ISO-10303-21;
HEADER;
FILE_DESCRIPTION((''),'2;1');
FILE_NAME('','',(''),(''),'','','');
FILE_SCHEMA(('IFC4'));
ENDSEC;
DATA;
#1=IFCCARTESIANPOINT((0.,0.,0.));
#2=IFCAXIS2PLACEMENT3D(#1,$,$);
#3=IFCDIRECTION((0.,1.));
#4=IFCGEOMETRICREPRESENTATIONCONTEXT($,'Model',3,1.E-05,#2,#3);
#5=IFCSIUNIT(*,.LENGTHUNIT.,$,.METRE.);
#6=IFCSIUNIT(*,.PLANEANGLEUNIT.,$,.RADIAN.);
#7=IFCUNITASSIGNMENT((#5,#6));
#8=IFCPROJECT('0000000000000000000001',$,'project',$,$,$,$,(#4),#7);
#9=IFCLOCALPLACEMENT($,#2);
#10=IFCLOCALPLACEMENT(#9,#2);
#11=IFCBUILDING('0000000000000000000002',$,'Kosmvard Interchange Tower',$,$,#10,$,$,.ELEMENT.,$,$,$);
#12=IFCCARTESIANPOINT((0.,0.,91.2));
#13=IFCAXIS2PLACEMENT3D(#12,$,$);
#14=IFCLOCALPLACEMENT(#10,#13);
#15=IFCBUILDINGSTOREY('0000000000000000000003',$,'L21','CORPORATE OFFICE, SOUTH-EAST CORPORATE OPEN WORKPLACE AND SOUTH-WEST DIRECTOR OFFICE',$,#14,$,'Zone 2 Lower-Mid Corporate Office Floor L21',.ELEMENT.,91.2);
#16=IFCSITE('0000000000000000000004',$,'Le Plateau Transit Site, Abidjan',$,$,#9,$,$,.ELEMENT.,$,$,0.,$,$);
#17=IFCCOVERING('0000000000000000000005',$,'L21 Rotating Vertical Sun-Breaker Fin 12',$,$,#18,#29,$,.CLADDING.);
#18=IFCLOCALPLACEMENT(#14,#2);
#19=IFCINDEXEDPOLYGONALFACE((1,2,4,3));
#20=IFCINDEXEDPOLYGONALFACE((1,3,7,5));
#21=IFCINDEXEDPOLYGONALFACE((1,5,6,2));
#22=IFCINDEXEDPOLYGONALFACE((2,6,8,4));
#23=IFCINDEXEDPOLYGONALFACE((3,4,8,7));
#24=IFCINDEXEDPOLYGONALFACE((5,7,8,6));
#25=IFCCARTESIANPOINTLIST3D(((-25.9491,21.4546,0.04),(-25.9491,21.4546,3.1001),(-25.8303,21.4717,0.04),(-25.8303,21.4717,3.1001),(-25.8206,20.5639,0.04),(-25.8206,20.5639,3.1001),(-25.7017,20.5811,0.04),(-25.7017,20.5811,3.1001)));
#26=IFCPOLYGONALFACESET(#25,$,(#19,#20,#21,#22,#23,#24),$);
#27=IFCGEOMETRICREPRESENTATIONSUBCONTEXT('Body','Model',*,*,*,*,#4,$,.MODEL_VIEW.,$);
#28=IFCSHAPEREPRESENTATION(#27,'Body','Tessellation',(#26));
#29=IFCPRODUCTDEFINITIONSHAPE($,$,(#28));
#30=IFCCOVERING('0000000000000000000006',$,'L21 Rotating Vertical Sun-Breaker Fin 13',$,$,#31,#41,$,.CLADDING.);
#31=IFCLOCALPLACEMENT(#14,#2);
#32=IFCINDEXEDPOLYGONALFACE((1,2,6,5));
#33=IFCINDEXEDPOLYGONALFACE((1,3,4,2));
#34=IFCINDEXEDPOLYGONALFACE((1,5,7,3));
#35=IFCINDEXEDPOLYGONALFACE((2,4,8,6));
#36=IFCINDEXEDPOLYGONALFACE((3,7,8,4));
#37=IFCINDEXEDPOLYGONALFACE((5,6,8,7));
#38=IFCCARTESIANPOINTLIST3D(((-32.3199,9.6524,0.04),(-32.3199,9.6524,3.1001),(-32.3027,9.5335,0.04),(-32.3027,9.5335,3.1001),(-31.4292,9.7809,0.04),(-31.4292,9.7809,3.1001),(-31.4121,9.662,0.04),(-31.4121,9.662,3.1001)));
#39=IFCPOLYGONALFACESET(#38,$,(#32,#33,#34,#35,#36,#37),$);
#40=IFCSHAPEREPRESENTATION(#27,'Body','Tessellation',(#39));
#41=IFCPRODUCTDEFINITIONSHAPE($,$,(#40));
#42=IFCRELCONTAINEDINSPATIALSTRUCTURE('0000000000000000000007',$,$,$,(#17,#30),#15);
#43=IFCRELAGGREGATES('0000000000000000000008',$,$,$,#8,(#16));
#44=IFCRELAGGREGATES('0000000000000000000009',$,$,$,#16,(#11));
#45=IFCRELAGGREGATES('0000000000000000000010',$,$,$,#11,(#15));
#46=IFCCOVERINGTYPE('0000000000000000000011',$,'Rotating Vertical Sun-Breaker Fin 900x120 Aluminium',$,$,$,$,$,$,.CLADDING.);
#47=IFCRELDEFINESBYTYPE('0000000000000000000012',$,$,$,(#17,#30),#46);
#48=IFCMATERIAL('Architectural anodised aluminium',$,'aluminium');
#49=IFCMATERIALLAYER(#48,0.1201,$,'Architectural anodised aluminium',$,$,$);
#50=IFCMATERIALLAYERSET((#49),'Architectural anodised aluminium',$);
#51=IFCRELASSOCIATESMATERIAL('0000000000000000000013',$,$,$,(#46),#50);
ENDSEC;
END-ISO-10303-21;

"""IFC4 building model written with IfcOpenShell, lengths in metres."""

from ifc_helpers import new_model, si_unit, direction, frame, origin, origin_2d, place, context, subcontext, project, spatial, rectangle, extrude, source, transform, mapped, material, layer, layer_set, type_object, element, save


model = new_model("IFC4")

# Units and contexts
model_context = context("Model", 3, precision=1e-05, world=origin(), true_north=direction((0.0, 1.0)))
body_context = subcontext(model_context, "Body", "Model", "MODEL_VIEW")
ifc_project = project(units=[si_unit("LENGTHUNIT", "METRE"), si_unit("PLANEANGLEUNIT", "RADIAN")], contexts=[model_context])

# Site, building, storey
site_placement = place(None, origin())
site = spatial("IfcSite", under=ifc_project, at=site_placement, Name="Le Plateau Transit Site, Abidjan", CompositionType="ELEMENT", RefElevation=0.0)
building_placement = place(site_placement, origin())
building = spatial("IfcBuilding", under=site, at=building_placement, Name="Kosmvard Interchange Tower", CompositionType="ELEMENT")
storey_placement = place(building_placement, frame((0.0, 0.0, 91.2)))
storey = spatial("IfcBuildingStorey", under=building, at=storey_placement, Name="L21", Description="CORPORATE OFFICE, SOUTH-EAST CORPORATE OPEN WORKPLACE AND SOUTH-WEST DIRECTOR OFFICE", LongName="Zone 2 Lower-Mid Corporate Office Floor L21", CompositionType="ELEMENT", Elevation=91.2)

# Coverings
ifc_material_1 = material(Name="Architectural anodised aluminium", Category="aluminium")
ifc_layer_1 = layer(ifc_material_1, 0.1201, Name="Architectural anodised aluminium")
ifc_layer_set_1 = layer_set([ifc_layer_1], Name="Architectural anodised aluminium")
covering_type = type_object("IfcCoveringType", Name="Rotating Vertical Sun-Breaker Fin 900x120 Aluminium", PredefinedType="CLADDING", material=ifc_layer_set_1)
shared_shape_1 = source(origin(), body_context, "Body", "SweptSolid", [
    extrude(rectangle(XDim=0.8999, YDim=0.1201, at=origin_2d()), origin(), (0.0, 0.0, 1.0), 3.0601),
])
for number, where, z_axis, x_axis, name in (
    (1, (-25.8254, 21.0178, 0.04), (0.0, 0.0, 1.0), (-0.142802, 0.989751, 0.0), "L21 Rotating Vertical Sun-Breaker Fin 12"),
    (2, (-31.866, 9.6572, 0.04), (0.0, 0.0, 1.0), (-0.989751, -0.142802, 0.0), "L21 Rotating Vertical Sun-Breaker Fin 13"),
):
    element("IfcCovering", number, at=place(storey_placement, frame(where, z_axis=z_axis, x_axis=x_axis)), inside=storey, type_object=covering_type, Name=name, PredefinedType="CLADDING", context=body_context, shape_type="MappedRepresentation", body=[
        mapped(shared_shape_1, transform((0.0, 0.0, 0.0), scale=1.0)),
    ])

save(model, "model.ifc")
